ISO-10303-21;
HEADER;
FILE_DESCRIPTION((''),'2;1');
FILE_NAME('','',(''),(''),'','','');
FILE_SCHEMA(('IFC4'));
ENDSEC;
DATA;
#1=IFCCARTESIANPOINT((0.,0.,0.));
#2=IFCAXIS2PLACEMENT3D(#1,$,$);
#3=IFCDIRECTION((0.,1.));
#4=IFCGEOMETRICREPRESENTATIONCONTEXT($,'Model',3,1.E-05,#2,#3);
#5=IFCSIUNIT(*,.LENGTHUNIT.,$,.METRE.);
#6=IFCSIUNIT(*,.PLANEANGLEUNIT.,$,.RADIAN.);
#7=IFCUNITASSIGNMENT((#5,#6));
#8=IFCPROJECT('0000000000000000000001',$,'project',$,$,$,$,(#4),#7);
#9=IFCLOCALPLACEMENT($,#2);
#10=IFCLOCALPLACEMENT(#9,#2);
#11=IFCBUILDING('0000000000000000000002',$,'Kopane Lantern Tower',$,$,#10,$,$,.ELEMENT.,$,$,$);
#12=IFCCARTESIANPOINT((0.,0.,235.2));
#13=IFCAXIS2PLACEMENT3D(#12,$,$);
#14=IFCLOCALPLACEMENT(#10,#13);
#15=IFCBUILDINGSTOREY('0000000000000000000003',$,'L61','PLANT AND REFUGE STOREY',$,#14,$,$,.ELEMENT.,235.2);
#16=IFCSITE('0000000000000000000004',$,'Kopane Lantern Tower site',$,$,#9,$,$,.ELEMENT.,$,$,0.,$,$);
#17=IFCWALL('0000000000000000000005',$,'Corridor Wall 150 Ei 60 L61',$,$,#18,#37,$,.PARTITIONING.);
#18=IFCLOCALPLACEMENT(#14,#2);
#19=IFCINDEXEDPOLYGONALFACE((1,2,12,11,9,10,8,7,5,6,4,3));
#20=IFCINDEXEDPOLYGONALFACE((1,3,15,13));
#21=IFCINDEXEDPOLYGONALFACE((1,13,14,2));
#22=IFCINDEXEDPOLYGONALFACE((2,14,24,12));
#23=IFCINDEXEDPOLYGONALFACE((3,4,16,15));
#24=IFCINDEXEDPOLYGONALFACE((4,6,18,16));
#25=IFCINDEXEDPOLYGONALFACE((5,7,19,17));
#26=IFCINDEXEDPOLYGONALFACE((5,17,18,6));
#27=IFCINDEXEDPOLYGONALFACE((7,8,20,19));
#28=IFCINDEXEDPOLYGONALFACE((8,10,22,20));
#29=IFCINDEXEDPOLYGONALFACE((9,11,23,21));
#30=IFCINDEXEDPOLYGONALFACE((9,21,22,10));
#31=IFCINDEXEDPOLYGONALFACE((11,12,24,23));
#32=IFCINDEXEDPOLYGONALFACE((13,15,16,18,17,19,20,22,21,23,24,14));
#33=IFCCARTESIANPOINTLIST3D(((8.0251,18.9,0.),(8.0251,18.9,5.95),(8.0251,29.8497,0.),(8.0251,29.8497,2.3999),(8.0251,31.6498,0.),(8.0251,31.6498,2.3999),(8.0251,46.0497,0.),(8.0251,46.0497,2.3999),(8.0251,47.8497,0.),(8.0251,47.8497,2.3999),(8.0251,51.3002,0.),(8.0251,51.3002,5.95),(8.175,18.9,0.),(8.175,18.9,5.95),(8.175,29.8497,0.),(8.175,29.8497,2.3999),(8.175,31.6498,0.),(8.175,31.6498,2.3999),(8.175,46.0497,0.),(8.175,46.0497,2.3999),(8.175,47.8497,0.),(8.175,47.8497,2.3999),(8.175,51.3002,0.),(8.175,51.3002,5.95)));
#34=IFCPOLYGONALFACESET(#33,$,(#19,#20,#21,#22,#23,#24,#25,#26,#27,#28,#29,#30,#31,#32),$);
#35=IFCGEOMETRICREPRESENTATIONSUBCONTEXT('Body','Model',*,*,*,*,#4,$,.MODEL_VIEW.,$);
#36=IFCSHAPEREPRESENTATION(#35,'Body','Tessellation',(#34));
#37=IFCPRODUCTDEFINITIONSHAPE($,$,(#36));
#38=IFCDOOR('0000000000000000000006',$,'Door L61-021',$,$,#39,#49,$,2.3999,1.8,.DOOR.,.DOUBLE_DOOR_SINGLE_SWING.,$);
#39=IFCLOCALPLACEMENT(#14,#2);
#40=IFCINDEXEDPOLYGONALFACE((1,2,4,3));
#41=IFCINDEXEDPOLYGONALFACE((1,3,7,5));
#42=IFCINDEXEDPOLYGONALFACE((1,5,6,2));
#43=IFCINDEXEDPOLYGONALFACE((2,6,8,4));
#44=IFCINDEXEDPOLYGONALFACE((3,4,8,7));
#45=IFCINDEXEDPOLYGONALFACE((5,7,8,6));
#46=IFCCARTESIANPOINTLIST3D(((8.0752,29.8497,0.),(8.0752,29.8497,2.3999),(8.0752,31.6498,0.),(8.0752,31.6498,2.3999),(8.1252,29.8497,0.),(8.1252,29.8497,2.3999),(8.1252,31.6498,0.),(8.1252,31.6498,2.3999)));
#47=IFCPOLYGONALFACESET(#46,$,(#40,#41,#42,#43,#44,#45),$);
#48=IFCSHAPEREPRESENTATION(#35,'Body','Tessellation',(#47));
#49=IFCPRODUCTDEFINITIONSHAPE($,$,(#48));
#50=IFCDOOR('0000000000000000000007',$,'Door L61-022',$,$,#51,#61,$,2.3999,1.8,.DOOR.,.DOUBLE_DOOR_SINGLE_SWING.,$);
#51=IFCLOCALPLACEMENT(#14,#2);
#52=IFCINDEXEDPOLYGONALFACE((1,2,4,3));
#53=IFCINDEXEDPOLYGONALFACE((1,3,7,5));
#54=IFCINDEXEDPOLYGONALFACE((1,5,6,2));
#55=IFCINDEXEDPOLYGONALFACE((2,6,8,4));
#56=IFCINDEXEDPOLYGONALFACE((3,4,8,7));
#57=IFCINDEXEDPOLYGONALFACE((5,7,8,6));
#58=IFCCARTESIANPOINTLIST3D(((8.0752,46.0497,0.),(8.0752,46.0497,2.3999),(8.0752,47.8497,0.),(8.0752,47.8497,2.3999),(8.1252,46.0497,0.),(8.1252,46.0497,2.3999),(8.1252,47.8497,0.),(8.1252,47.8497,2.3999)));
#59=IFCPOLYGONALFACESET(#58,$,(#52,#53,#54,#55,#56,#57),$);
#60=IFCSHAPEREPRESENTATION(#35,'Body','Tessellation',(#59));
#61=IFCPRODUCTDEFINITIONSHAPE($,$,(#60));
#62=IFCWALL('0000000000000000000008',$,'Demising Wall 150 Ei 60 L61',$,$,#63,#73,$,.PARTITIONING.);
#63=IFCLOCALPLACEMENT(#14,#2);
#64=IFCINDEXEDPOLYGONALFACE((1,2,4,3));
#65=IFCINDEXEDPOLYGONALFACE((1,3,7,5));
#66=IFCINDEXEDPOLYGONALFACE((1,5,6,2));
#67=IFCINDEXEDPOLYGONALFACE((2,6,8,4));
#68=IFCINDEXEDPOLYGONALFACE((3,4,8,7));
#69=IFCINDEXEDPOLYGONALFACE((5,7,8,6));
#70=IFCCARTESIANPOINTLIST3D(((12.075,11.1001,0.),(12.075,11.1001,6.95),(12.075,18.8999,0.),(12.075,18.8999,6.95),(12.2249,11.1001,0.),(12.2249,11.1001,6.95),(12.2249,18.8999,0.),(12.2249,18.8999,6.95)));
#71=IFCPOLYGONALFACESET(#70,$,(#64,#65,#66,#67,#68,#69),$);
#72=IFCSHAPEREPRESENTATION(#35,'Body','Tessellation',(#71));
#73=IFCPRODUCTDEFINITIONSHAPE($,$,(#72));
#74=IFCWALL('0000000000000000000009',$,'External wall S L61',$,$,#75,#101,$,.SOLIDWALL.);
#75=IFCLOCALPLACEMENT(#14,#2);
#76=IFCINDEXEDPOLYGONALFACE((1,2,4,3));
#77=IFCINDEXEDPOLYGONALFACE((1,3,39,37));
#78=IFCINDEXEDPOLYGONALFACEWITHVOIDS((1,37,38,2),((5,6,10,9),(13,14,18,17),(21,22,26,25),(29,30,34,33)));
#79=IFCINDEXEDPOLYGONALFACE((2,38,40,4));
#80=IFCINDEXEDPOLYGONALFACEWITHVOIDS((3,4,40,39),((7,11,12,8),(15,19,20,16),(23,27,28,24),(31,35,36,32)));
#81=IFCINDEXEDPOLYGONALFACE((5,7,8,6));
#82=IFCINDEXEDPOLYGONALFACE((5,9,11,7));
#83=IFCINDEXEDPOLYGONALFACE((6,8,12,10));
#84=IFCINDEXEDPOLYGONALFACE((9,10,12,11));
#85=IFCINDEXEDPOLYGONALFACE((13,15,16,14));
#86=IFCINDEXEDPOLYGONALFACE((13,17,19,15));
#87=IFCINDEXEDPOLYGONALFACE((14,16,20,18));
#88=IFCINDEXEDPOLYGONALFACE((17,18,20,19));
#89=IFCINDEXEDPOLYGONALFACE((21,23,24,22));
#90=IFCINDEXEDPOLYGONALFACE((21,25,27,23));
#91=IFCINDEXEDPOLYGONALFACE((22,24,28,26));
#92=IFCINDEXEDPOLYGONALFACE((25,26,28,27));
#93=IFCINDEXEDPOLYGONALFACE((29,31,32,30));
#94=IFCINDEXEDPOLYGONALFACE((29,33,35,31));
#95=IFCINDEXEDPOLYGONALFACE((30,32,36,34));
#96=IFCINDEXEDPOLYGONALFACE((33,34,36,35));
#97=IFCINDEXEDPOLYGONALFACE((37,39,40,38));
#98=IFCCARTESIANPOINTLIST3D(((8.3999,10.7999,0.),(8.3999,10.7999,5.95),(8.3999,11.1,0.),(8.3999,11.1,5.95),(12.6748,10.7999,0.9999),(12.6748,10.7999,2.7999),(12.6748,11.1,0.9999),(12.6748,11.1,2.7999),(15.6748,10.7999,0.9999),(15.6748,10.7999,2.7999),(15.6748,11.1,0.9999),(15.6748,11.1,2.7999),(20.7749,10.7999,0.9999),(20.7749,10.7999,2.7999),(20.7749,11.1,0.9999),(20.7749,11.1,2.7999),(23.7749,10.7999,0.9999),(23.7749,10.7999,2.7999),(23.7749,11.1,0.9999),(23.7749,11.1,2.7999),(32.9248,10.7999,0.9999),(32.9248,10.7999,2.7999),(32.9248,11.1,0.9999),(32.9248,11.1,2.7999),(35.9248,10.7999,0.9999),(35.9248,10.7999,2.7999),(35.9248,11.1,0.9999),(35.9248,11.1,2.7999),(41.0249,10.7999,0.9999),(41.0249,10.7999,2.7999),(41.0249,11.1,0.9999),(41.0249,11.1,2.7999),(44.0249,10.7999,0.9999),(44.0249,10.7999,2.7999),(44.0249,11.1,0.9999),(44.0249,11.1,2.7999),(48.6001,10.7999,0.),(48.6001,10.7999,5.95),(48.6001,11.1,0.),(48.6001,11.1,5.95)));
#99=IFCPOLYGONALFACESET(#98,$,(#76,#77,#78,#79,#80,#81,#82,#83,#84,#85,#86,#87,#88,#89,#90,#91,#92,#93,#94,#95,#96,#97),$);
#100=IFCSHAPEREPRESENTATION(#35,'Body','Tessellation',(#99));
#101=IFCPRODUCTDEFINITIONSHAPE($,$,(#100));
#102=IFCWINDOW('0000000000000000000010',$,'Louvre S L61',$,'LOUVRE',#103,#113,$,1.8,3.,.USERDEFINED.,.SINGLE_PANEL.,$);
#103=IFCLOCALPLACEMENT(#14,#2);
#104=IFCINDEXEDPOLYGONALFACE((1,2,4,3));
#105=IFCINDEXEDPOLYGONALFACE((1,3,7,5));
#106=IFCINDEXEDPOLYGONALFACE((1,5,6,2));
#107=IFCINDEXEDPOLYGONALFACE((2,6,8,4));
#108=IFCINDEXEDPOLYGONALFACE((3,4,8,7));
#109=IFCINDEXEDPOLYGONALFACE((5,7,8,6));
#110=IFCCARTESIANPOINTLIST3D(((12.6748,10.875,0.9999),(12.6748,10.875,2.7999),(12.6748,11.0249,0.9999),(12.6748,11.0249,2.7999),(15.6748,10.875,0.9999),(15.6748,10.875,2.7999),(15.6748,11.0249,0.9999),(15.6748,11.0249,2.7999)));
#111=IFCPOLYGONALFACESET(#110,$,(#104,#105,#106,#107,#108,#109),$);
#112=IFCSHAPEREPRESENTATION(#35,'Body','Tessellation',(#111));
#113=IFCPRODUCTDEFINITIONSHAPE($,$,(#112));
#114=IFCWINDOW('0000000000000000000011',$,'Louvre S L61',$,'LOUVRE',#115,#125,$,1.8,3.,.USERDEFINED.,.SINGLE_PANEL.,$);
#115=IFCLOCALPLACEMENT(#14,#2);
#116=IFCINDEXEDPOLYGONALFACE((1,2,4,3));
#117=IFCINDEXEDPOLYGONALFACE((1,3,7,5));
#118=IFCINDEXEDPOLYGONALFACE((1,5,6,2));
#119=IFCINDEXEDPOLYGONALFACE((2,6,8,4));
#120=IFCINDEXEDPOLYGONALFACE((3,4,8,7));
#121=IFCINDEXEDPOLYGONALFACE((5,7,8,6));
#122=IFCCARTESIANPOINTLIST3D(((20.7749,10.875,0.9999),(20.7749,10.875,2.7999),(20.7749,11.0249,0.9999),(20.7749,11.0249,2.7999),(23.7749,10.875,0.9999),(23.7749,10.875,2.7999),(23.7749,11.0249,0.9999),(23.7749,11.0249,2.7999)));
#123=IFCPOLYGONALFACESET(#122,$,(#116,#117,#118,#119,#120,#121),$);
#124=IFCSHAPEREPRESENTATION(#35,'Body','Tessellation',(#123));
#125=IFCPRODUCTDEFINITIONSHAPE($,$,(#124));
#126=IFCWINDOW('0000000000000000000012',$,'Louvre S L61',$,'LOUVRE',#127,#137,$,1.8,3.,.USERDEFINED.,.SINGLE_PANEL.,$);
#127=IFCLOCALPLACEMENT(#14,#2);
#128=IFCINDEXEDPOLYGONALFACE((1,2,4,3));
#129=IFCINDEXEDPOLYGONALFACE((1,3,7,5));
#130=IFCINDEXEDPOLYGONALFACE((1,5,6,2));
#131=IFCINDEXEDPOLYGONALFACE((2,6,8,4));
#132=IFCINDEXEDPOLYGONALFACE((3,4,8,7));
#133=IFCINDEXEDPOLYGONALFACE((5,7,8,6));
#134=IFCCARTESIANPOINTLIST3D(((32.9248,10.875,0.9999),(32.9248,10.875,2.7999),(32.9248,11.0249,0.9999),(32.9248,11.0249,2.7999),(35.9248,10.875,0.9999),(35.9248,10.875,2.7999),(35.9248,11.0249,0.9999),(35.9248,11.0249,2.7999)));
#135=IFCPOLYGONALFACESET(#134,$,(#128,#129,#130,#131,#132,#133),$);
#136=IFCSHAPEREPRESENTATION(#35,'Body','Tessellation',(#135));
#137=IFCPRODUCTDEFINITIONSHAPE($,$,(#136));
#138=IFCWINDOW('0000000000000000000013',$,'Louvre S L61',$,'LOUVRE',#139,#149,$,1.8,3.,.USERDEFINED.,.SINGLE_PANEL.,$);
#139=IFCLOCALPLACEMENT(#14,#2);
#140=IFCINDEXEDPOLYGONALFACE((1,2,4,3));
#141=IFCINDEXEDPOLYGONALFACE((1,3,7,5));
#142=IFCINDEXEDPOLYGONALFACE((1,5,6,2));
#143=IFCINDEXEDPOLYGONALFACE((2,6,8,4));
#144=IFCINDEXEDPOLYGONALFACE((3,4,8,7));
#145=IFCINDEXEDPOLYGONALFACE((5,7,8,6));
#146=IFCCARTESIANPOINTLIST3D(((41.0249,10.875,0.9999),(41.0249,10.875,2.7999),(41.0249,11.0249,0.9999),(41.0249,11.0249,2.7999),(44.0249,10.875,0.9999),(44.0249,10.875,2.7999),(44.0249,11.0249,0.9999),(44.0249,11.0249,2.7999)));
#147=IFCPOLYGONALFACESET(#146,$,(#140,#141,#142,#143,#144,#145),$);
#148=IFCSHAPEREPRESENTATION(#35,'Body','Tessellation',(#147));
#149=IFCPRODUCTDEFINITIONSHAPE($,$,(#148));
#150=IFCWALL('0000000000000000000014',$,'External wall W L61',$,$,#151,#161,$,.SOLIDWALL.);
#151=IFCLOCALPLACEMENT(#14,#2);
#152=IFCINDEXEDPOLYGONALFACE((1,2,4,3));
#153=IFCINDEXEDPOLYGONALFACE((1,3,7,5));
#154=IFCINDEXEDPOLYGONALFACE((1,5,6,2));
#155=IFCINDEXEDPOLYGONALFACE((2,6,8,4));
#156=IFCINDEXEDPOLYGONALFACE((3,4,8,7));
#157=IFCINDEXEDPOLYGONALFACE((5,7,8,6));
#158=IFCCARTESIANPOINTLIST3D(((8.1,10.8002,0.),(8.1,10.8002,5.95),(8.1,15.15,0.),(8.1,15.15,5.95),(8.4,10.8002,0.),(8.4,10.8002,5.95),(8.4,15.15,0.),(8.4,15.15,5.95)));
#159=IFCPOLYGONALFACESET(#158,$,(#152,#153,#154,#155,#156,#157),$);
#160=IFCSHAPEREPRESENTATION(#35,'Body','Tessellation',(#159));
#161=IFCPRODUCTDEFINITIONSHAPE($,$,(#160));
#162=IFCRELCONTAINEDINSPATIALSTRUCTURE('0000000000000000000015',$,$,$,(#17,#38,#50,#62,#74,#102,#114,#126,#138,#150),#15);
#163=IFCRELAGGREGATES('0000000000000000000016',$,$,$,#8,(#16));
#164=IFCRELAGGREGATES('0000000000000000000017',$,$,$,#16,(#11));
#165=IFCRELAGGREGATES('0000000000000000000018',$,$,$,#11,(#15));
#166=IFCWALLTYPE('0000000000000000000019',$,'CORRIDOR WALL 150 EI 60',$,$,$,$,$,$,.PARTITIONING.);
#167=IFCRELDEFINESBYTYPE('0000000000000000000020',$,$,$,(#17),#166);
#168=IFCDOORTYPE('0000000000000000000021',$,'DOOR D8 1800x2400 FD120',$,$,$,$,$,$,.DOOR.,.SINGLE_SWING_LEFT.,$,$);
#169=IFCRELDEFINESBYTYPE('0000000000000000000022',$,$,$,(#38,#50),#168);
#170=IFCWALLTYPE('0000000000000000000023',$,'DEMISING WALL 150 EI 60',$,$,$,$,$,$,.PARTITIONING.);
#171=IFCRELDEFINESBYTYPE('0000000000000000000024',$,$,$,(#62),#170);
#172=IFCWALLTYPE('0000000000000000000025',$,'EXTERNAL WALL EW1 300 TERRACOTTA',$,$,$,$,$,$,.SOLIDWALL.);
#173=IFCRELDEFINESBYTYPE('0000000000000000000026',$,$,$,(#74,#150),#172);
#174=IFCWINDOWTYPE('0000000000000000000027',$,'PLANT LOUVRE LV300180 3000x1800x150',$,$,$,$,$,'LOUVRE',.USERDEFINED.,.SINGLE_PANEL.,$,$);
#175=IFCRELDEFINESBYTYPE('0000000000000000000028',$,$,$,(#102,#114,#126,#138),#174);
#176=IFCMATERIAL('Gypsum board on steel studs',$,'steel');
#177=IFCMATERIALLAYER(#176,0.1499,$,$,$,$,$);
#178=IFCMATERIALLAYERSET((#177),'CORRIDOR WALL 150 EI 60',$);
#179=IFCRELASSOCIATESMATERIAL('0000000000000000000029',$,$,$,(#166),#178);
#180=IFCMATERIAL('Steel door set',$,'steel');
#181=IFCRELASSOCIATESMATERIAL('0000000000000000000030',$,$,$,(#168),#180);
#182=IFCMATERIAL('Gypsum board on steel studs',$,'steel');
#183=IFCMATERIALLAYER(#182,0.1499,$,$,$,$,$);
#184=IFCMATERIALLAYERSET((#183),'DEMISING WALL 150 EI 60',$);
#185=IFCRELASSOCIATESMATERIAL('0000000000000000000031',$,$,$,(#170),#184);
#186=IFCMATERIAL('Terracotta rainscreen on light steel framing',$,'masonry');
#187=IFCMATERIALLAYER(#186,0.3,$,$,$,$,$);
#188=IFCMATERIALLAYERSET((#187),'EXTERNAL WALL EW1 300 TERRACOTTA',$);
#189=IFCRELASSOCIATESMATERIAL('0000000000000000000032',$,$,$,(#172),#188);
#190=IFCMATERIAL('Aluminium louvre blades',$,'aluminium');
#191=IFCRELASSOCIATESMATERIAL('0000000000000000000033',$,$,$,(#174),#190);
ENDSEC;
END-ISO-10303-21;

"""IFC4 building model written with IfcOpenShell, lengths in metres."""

from ifc_helpers import new_model, si_unit, direction, frame, frame_2d, origin, place, context, subcontext, project, spatial, rectangle, extrude, material, layer, layer_set, type_object, element, fill, save


model = new_model("IFC4")

# Units and contexts
model_context = context("Model", 3, precision=1e-05, world=origin(), true_north=direction((0.0, 1.0)))
body_context = subcontext(model_context, "Body", "Model", "MODEL_VIEW")
ifc_project = project(units=[si_unit("LENGTHUNIT", "METRE"), si_unit("PLANEANGLEUNIT", "RADIAN")], contexts=[model_context])

# Site, building, storey
site_placement = place(None, origin())
site = spatial("IfcSite", under=ifc_project, at=site_placement, Name="Kopane Lantern Tower site", CompositionType="ELEMENT", RefElevation=0.0)
building_placement = place(site_placement, origin())
building = spatial("IfcBuilding", under=site, at=building_placement, Name="Kopane Lantern Tower", CompositionType="ELEMENT")
storey_placement = place(building_placement, frame((0.0, 0.0, 235.2)))
storey = spatial("IfcBuildingStorey", under=building, at=storey_placement, Name="L61", Description="PLANT AND REFUGE STOREY", CompositionType="ELEMENT", Elevation=235.2)

# Wall, openings, doors
ifc_material_1 = material(Name="Gypsum board on steel studs", Category="steel")
ifc_layer_1 = layer(ifc_material_1, 0.1499)
ifc_layer_set_1 = layer_set([ifc_layer_1], Name="CORRIDOR WALL 150 EI 60")
wall_type_1 = type_object("IfcWallType", Name="CORRIDOR WALL 150 EI 60", PredefinedType="PARTITIONING", material=ifc_layer_set_1)
ifc_material_2 = material(Name="Steel door set", Category="steel")
door_type_1 = type_object("IfcDoorType", Name="DOOR D8 1800x2400 FD120", OperationType="SINGLE_SWING_LEFT", PredefinedType="DOOR", material=ifc_material_2)
wall_1_placement = place(storey_placement, frame((8.1001, 18.8999, 0.0), z_axis=(0.0, 0.0, 1.0), x_axis=(0.0, 1.0, 0.0)))
wall_1 = element("IfcWall", 1, at=wall_1_placement, inside=storey, type_object=wall_type_1, Name="Corridor Wall 150 Ei 60 L61", PredefinedType="PARTITIONING", context=body_context, shape_type="SweptSolid", body=[
    extrude(rectangle(XDim=32.4001, YDim=0.1499, at=frame_2d((16.2002, 0.0))), origin(), (0.0, 0.0, 1.0), 5.95),
])
opening_1_placement = place(wall_1_placement, frame((10.95, 0.0, 0.0)))
opening_1 = element("IfcOpeningElement", 2, at=opening_1_placement, cuts=wall_1, PredefinedType="OPENING", context=body_context, shape_type="SweptSolid", body=[
    extrude(rectangle(XDim=1.8, YDim=2.3999, at=frame_2d((0.8999, 1.2))), frame((0.0, 0.085, 0.0), z_axis=(0.0, -1.0, 0.0), x_axis=(1.0, 0.0, 0.0)), (0.0, 0.0, 1.0), 0.1699),
])
opening_2_placement = place(wall_1_placement, frame((27.1499, 0.0, 0.0)))
opening_2 = element("IfcOpeningElement", 3, at=opening_2_placement, cuts=wall_1, PredefinedType="OPENING", context=body_context, shape_type="SweptSolid", body=[
    extrude(rectangle(XDim=1.8, YDim=2.3999, at=frame_2d((0.8999, 1.2))), frame((0.0, 0.085, 0.0), z_axis=(0.0, -1.0, 0.0), x_axis=(1.0, 0.0, 0.0)), (0.0, 0.0, 1.0), 0.1699),
])
door_1_placement = place(opening_1_placement, origin())
door_1 = element("IfcDoor", 4, at=door_1_placement, inside=storey, type_object=door_type_1, Name="Door L61-021", OperationType="DOUBLE_DOOR_SINGLE_SWING", OverallHeight=2.3999, OverallWidth=1.8, PredefinedType="DOOR", context=body_context, shape_type="SweptSolid", body=[
    extrude(rectangle(XDim=1.8, YDim=2.3999, at=frame_2d((0.8999, 1.2))), frame((0.0, 0.0249, 0.0), z_axis=(0.0, -1.0, 0.0), x_axis=(1.0, 0.0, 0.0)), (0.0, 0.0, 1.0), 0.05),
])
fill(opening_1, door_1)
door_2_placement = place(opening_2_placement, origin())
door_2 = element("IfcDoor", 5, at=door_2_placement, inside=storey, type_object=door_type_1, Name="Door L61-022", OperationType="DOUBLE_DOOR_SINGLE_SWING", OverallHeight=2.3999, OverallWidth=1.8, PredefinedType="DOOR", context=body_context, shape_type="SweptSolid", body=[
    extrude(rectangle(XDim=1.8, YDim=2.3999, at=frame_2d((0.8999, 1.2))), frame((0.0, 0.0249, 0.0), z_axis=(0.0, -1.0, 0.0), x_axis=(1.0, 0.0, 0.0)), (0.0, 0.0, 1.0), 0.05),
])
fill(opening_2, door_2)

# Wall
ifc_material_3 = material(Name="Gypsum board on steel studs", Category="steel")
ifc_layer_2 = layer(ifc_material_3, 0.1499)
ifc_layer_set_2 = layer_set([ifc_layer_2], Name="DEMISING WALL 150 EI 60")
wall_type_2 = type_object("IfcWallType", Name="DEMISING WALL 150 EI 60", PredefinedType="PARTITIONING", material=ifc_layer_set_2)
wall_2_placement = place(storey_placement, frame((12.1499, 18.8999, 0.0), z_axis=(0.0, 0.0, 1.0), x_axis=(0.0, -1.0, 0.0)))
element("IfcWall", 6, at=wall_2_placement, inside=storey, type_object=wall_type_2, Name="Demising Wall 150 Ei 60 L61", PredefinedType="PARTITIONING", context=body_context, shape_type="SweptSolid", body=[
    extrude(rectangle(XDim=7.7998, YDim=0.1499, at=frame_2d((3.8999, 0.0))), origin(), (0.0, 0.0, 1.0), 6.95),
])

# Wall, openings, windows
ifc_material_4 = material(Name="Terracotta rainscreen on light steel framing", Category="masonry")
ifc_layer_3 = layer(ifc_material_4, 0.3)
ifc_layer_set_3 = layer_set([ifc_layer_3], Name="EXTERNAL WALL EW1 300 TERRACOTTA")
wall_type_3 = type_object("IfcWallType", Name="EXTERNAL WALL EW1 300 TERRACOTTA", PredefinedType="SOLIDWALL", material=ifc_layer_set_3)
wall_3_placement = place(storey_placement, frame((8.3999, 10.95, 0.0), z_axis=(0.0, 0.0, 1.0), x_axis=(1.0, 0.0, 0.0)))
wall_3 = element("IfcWall", 7, at=wall_3_placement, inside=storey, type_object=wall_type_3, Name="External wall S L61", PredefinedType="SOLIDWALL", context=body_context, shape_type="SweptSolid", body=[
    extrude(rectangle(XDim=40.2002, YDim=0.3, at=frame_2d((20.1001, 0.0))), origin(), (0.0, 0.0, 1.0), 5.95),
])
opening_3_placement = place(wall_3_placement, frame((4.2749, 0.0, 1.0)))
opening_3 = element("IfcOpeningElement", 8, at=opening_3_placement, cuts=wall_3, PredefinedType="OPENING", context=body_context, shape_type="SweptSolid", body=[
    extrude(rectangle(XDim=3.0, YDim=1.8, at=frame_2d((1.5, 0.8999))), frame((0.0, 0.1599, 0.0), z_axis=(0.0, -1.0, 0.0), x_axis=(1.0, 0.0, 0.0)), (0.0, 0.0, 1.0), 0.3201),
])
opening_4_placement = place(wall_3_placement, frame((12.375, 0.0, 1.0)))
opening_4 = element("IfcOpeningElement", 9, at=opening_4_placement, cuts=wall_3, PredefinedType="OPENING", context=body_context, shape_type="SweptSolid", body=[
    extrude(rectangle(XDim=3.0, YDim=1.8, at=frame_2d((1.5, 0.8999))), frame((0.0, 0.1599, 0.0), z_axis=(0.0, -1.0, 0.0), x_axis=(1.0, 0.0, 0.0)), (0.0, 0.0, 1.0), 0.3201),
])
opening_5_placement = place(wall_3_placement, frame((24.5249, 0.0, 1.0)))
opening_5 = element("IfcOpeningElement", 10, at=opening_5_placement, cuts=wall_3, PredefinedType="OPENING", context=body_context, shape_type="SweptSolid", body=[
    extrude(rectangle(XDim=3.0, YDim=1.8, at=frame_2d((1.5, 0.8999))), frame((0.0, 0.1599, 0.0), z_axis=(0.0, -1.0, 0.0), x_axis=(1.0, 0.0, 0.0)), (0.0, 0.0, 1.0), 0.3201),
])
opening_6_placement = place(wall_3_placement, frame((32.625, 0.0, 1.0)))
opening_6 = element("IfcOpeningElement", 11, at=opening_6_placement, cuts=wall_3, PredefinedType="OPENING", context=body_context, shape_type="SweptSolid", body=[
    extrude(rectangle(XDim=3.0, YDim=1.8, at=frame_2d((1.5, 0.8999))), frame((0.0, 0.1599, 0.0), z_axis=(0.0, -1.0, 0.0), x_axis=(1.0, 0.0, 0.0)), (0.0, 0.0, 1.0), 0.3201),
])
ifc_material_5 = material(Name="Aluminium louvre blades", Category="aluminium")
window_type = type_object("IfcWindowType", Name="PLANT LOUVRE LV300180 3000x1800x150", ElementType="LOUVRE", PartitioningType="SINGLE_PANEL", PredefinedType="USERDEFINED", material=ifc_material_5)
window_1_placement = place(opening_3_placement, origin())
window_1 = element("IfcWindow", 12, at=window_1_placement, inside=storey, type_object=window_type, Name="Louvre S L61", ObjectType="LOUVRE", OverallHeight=1.8, OverallWidth=3.0, PartitioningType="SINGLE_PANEL", PredefinedType="USERDEFINED", context=body_context, shape_type="SweptSolid", body=[
    extrude(rectangle(XDim=3.0, YDim=1.8, at=frame_2d((1.5, 0.8999))), frame((0.0, 0.075, 0.0), z_axis=(0.0, -1.0, 0.0), x_axis=(1.0, 0.0, 0.0)), (0.0, 0.0, 1.0), 0.1499),
])
fill(opening_3, window_1)
window_2_placement = place(opening_4_placement, origin())
window_2 = element("IfcWindow", 13, at=window_2_placement, inside=storey, type_object=window_type, Name="Louvre S L61", ObjectType="LOUVRE", OverallHeight=1.8, OverallWidth=3.0, PartitioningType="SINGLE_PANEL", PredefinedType="USERDEFINED", context=body_context, shape_type="SweptSolid", body=[
    extrude(rectangle(XDim=3.0, YDim=1.8, at=frame_2d((1.5, 0.8999))), frame((0.0, 0.075, 0.0), z_axis=(0.0, -1.0, 0.0), x_axis=(1.0, 0.0, 0.0)), (0.0, 0.0, 1.0), 0.1499),
])
fill(opening_4, window_2)
window_3_placement = place(opening_5_placement, origin())
window_3 = element("IfcWindow", 14, at=window_3_placement, inside=storey, type_object=window_type, Name="Louvre S L61", ObjectType="LOUVRE", OverallHeight=1.8, OverallWidth=3.0, PartitioningType="SINGLE_PANEL", PredefinedType="USERDEFINED", context=body_context, shape_type="SweptSolid", body=[
    extrude(rectangle(XDim=3.0, YDim=1.8, at=frame_2d((1.5, 0.8999))), frame((0.0, 0.075, 0.0), z_axis=(0.0, -1.0, 0.0), x_axis=(1.0, 0.0, 0.0)), (0.0, 0.0, 1.0), 0.1499),
])
fill(opening_5, window_3)
window_4_placement = place(opening_6_placement, origin())
window_4 = element("IfcWindow", 15, at=window_4_placement, inside=storey, type_object=window_type, Name="Louvre S L61", ObjectType="LOUVRE", OverallHeight=1.8, OverallWidth=3.0, PartitioningType="SINGLE_PANEL", PredefinedType="USERDEFINED", context=body_context, shape_type="SweptSolid", body=[
    extrude(rectangle(XDim=3.0, YDim=1.8, at=frame_2d((1.5, 0.8999))), frame((0.0, 0.075, 0.0), z_axis=(0.0, -1.0, 0.0), x_axis=(1.0, 0.0, 0.0)), (0.0, 0.0, 1.0), 0.1499),
])
fill(opening_6, window_4)

# Wall
wall_4_placement = place(storey_placement, frame((8.25, 15.1499, 0.0), z_axis=(0.0, 0.0, 1.0), x_axis=(0.0, -1.0, 0.0)))
element("IfcWall", 16, at=wall_4_placement, inside=storey, type_object=wall_type_3, Name="External wall W L61", PredefinedType="SOLIDWALL", context=body_context, shape_type="SweptSolid", body=[
    extrude(rectangle(XDim=4.3499, YDim=0.3, at=frame_2d((2.1748, 0.0))), origin(), (0.0, 0.0, 1.0), 5.95),
])

save(model, "model.ifc")
